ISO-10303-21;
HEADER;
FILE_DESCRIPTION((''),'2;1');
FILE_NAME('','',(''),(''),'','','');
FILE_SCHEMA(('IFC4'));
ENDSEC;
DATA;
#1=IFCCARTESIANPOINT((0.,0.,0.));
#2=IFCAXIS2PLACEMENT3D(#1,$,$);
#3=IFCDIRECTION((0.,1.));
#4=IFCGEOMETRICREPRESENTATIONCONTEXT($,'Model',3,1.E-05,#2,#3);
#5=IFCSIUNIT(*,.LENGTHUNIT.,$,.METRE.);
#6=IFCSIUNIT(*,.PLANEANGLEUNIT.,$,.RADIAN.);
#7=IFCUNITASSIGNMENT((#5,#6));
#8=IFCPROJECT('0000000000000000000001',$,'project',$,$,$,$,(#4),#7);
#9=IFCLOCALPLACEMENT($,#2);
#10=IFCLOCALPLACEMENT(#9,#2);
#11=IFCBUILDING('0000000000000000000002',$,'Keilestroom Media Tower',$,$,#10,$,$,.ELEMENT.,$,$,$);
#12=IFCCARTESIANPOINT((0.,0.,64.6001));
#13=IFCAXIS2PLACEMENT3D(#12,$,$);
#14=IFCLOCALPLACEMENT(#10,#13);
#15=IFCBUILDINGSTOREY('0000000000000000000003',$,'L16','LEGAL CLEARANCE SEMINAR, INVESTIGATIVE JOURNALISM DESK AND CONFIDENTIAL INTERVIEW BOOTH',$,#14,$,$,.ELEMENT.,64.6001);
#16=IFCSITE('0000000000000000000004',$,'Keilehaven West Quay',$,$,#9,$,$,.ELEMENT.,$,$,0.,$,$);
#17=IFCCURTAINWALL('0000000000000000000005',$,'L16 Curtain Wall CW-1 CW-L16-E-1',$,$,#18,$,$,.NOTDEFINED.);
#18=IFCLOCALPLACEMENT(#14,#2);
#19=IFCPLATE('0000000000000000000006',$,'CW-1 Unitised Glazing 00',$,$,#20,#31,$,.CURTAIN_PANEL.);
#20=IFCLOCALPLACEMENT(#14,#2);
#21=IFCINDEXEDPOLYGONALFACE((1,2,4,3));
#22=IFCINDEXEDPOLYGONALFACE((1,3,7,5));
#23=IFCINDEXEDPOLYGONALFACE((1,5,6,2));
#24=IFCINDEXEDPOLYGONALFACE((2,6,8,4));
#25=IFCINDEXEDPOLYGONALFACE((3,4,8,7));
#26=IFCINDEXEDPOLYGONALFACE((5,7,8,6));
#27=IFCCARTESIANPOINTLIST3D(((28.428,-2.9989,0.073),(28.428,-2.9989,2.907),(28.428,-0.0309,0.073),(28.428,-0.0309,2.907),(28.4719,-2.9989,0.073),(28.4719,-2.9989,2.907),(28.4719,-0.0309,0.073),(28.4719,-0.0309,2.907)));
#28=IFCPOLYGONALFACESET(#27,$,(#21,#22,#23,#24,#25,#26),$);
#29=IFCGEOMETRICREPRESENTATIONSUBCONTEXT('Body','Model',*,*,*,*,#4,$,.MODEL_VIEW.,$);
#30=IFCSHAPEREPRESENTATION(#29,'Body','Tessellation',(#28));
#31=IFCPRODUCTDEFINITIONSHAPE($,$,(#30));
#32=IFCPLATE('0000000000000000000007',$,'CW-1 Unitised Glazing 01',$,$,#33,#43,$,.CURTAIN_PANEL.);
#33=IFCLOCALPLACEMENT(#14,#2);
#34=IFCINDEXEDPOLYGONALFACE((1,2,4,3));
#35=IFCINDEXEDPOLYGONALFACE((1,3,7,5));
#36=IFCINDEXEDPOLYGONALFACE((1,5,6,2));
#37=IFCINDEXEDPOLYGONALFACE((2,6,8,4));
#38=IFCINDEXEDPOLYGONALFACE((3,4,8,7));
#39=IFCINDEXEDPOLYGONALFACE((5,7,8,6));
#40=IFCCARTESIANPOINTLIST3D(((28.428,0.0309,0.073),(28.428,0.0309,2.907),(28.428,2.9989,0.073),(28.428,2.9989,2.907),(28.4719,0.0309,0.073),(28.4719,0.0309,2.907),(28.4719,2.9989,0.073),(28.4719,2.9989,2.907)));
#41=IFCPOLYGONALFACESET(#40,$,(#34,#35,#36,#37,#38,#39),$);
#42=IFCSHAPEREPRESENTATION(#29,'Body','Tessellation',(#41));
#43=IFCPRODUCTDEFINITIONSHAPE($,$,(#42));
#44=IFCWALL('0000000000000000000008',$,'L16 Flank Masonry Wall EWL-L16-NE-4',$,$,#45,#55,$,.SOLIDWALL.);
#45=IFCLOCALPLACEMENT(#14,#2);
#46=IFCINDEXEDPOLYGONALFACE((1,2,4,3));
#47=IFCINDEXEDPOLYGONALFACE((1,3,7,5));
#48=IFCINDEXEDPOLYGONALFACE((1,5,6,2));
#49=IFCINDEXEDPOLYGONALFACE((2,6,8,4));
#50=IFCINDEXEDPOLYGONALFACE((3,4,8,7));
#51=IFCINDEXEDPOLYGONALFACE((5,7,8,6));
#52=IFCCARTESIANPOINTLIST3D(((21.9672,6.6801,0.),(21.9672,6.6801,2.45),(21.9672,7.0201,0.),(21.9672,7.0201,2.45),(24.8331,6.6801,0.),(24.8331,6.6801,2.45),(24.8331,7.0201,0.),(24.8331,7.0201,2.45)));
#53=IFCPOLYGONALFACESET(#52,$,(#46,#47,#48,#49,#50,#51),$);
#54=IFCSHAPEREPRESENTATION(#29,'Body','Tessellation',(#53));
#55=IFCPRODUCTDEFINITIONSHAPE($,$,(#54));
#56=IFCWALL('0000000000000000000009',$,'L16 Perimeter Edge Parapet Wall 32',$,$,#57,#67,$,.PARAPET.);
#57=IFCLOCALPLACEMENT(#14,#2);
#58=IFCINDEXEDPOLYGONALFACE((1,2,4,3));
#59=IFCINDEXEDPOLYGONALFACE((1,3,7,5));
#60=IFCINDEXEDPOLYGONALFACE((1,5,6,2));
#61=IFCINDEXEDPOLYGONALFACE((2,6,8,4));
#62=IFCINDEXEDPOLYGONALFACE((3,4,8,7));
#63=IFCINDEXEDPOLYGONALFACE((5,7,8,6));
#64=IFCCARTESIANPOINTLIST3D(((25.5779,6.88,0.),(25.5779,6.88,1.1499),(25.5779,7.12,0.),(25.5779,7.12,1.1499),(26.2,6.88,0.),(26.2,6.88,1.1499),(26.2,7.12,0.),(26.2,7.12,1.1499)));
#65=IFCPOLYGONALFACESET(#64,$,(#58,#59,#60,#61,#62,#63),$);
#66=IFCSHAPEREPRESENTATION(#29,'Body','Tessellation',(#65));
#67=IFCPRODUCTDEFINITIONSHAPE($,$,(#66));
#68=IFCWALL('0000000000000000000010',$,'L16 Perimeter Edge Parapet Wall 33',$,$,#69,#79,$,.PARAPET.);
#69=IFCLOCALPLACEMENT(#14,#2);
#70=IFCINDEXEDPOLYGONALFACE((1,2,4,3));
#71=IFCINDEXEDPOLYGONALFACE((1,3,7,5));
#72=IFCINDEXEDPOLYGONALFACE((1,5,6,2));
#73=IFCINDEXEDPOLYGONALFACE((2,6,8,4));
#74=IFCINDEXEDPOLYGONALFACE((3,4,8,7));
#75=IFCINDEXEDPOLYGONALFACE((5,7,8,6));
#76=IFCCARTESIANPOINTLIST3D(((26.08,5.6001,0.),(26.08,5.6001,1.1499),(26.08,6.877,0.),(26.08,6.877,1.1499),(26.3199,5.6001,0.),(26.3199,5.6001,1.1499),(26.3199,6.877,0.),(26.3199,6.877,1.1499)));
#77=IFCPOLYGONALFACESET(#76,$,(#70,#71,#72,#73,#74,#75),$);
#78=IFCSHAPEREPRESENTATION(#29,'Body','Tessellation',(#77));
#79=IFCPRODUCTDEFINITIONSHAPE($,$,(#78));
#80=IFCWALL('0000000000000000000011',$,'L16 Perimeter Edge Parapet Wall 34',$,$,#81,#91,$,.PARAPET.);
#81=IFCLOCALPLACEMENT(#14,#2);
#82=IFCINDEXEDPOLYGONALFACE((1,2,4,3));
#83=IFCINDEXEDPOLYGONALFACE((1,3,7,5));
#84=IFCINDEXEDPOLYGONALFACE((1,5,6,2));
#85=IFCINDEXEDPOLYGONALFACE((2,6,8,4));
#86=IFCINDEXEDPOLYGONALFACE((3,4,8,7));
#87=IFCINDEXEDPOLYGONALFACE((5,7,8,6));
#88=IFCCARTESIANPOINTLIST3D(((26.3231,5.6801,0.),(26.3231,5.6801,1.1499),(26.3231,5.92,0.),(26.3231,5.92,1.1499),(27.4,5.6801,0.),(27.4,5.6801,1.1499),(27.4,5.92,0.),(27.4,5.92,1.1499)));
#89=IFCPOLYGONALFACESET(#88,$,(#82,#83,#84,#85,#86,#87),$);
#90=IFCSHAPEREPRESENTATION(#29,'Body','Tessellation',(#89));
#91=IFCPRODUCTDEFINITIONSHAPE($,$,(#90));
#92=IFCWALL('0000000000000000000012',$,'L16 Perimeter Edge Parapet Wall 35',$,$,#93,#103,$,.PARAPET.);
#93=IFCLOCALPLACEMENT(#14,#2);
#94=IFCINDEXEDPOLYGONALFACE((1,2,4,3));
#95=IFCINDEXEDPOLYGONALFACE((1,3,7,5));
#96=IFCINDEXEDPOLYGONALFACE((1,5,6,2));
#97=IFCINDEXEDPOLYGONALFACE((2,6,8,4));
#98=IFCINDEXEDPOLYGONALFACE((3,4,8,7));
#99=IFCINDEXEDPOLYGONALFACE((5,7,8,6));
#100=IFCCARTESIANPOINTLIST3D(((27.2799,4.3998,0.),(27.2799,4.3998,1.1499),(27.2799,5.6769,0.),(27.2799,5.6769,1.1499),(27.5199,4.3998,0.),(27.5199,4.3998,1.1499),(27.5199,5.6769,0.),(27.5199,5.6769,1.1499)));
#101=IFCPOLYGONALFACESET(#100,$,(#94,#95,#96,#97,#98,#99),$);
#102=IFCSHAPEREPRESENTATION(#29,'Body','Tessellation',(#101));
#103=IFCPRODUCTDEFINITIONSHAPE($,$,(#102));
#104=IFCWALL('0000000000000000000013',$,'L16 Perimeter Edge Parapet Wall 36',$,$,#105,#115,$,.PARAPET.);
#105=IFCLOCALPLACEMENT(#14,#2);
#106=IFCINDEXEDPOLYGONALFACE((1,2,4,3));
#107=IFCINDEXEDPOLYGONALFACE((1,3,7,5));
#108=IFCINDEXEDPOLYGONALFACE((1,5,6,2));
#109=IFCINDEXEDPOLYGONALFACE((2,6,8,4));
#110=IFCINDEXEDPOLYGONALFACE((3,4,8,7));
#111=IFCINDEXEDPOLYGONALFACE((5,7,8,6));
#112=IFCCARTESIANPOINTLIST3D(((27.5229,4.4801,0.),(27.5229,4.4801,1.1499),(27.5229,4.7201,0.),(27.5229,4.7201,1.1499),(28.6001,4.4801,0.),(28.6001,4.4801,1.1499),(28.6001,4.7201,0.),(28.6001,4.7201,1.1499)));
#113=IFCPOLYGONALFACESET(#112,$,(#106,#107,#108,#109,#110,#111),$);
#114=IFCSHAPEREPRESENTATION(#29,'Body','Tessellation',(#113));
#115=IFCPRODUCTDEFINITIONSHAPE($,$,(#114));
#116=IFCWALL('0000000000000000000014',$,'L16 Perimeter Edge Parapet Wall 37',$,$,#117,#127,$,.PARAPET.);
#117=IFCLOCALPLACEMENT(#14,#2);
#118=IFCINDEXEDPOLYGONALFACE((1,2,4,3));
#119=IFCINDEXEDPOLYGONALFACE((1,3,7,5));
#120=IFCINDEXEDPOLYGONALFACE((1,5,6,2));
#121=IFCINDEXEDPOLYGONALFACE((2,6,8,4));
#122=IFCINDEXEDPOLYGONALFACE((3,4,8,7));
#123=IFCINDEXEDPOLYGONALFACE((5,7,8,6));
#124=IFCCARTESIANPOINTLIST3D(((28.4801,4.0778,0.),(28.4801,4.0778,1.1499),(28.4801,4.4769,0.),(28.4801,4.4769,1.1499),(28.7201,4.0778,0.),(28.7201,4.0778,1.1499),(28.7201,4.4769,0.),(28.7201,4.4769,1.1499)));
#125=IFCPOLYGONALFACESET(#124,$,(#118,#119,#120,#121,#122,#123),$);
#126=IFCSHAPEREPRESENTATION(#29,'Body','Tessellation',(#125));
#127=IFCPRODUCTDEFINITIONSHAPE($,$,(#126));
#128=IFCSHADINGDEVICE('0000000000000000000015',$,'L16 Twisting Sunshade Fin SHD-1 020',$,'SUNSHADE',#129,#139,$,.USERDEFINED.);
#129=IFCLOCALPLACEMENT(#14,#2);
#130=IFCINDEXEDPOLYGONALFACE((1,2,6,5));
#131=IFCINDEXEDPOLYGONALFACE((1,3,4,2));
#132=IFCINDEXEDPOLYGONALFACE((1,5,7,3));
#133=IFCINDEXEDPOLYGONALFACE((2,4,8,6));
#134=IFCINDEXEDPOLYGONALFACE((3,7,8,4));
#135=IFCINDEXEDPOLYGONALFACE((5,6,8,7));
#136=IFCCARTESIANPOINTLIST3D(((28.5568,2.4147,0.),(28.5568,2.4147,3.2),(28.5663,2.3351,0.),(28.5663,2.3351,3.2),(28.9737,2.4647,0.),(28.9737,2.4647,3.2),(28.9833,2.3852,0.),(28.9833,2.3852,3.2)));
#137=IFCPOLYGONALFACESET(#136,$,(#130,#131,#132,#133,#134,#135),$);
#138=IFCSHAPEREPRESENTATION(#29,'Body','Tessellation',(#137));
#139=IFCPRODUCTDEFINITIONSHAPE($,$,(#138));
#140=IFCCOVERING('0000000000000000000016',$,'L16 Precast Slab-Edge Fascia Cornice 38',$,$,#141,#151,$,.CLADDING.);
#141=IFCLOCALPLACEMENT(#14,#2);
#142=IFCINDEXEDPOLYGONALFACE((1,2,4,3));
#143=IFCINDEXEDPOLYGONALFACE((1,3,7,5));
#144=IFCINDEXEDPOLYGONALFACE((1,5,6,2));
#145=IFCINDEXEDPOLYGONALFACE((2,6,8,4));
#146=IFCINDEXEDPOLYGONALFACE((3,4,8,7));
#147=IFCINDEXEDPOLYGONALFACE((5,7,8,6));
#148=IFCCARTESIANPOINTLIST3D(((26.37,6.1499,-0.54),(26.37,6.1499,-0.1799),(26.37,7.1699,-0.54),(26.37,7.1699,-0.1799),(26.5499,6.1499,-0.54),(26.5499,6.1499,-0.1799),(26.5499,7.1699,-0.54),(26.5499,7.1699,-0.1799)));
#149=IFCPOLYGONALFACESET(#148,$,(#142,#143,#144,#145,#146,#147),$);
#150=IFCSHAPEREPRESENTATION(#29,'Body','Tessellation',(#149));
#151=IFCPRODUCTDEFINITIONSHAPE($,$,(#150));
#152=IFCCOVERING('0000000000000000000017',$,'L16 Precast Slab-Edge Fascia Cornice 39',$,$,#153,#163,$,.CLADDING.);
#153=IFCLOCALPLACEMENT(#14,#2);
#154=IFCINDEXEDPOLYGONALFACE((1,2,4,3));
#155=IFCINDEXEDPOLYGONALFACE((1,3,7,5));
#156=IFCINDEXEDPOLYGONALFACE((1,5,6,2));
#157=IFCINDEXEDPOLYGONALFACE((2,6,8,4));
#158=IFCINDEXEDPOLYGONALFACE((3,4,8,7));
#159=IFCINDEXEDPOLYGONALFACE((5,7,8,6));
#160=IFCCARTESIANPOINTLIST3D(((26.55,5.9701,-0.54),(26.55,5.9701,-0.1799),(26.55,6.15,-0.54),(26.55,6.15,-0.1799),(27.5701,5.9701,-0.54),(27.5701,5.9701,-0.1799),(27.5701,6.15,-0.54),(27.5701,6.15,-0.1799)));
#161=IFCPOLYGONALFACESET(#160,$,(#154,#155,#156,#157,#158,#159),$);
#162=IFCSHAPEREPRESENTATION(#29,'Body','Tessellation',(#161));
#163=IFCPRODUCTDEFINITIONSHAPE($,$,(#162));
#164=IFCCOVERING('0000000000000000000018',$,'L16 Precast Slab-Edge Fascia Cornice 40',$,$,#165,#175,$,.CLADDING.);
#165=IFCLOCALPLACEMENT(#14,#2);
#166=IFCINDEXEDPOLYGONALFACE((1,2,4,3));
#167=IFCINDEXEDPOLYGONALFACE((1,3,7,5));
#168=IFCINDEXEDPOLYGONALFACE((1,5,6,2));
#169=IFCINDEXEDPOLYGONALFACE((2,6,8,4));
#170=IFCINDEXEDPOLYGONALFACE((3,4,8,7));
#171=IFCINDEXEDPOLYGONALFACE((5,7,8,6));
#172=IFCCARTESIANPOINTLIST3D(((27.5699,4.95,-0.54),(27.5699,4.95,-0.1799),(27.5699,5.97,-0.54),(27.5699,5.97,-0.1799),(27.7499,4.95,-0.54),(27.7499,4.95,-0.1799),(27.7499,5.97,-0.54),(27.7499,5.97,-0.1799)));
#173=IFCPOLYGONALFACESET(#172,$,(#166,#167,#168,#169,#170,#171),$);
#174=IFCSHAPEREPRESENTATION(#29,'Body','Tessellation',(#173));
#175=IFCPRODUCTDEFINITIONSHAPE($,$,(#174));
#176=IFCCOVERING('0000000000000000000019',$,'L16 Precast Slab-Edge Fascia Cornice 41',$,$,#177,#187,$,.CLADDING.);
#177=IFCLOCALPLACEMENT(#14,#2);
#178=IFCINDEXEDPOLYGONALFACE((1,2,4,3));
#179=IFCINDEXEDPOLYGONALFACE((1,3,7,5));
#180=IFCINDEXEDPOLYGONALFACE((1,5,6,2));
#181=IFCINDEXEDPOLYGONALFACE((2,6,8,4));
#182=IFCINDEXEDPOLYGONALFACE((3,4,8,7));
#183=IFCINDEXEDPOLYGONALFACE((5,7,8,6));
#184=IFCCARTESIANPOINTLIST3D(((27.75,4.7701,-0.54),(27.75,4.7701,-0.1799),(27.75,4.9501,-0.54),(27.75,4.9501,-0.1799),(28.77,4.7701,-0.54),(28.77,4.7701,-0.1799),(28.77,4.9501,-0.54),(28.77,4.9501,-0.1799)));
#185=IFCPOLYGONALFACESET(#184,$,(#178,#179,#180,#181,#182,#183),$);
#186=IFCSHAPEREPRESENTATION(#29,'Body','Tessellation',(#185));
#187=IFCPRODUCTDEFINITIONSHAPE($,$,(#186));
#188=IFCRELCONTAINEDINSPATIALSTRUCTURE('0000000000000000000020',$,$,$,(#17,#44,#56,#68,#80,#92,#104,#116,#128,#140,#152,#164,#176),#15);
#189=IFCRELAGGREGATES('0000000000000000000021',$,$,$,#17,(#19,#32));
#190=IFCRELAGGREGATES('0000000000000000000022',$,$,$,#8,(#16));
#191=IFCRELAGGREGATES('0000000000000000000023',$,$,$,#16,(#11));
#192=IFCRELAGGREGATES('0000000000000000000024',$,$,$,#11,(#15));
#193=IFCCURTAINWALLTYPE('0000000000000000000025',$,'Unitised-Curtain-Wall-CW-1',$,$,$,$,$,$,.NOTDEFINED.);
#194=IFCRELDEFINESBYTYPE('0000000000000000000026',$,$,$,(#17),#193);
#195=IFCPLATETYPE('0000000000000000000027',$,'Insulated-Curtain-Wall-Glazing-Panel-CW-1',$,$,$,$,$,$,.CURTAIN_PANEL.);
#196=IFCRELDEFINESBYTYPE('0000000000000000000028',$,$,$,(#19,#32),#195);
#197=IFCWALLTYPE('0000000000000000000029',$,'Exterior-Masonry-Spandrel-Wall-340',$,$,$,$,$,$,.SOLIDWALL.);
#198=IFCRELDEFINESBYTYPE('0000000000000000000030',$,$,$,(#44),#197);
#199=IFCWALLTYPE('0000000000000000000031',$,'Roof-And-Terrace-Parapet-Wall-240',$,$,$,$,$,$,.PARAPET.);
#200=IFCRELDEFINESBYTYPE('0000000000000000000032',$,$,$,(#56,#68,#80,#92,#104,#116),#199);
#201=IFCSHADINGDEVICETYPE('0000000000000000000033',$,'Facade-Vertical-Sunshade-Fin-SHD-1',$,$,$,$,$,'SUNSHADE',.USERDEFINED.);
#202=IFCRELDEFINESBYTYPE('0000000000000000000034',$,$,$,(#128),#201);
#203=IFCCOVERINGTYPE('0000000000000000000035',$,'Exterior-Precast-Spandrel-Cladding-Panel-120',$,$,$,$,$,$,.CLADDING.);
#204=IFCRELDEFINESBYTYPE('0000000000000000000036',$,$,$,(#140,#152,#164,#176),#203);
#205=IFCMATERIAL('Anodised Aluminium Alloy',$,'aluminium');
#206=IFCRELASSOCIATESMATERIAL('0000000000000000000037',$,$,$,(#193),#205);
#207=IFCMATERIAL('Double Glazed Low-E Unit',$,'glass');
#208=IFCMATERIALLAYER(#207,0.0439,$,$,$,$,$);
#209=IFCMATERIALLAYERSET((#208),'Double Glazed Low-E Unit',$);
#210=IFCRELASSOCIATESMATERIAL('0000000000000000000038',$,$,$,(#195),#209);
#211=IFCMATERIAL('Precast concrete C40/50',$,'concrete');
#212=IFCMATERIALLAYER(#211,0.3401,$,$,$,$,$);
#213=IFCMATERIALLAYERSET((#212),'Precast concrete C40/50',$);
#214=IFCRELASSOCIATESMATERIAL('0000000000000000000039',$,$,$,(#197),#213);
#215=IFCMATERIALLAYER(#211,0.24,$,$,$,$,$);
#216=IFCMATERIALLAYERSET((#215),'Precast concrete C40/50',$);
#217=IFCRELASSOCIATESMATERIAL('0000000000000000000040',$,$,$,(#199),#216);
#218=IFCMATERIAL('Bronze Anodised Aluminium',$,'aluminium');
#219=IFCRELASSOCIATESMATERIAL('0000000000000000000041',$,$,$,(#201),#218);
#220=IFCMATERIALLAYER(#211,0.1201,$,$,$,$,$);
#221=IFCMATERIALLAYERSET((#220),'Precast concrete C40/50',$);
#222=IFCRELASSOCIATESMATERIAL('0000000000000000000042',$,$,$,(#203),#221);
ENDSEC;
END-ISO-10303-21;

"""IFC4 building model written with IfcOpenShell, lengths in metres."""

from ifc_helpers import new_model, si_unit, direction, frame, frame_2d, origin, origin_2d, place, context, subcontext, project, spatial, rectangle, extrude, source, transform, mapped, material, layer, layer_set, type_object, element, aggregate, save


model = new_model("IFC4")

# Units and contexts
model_context = context("Model", 3, precision=1e-05, world=origin(), true_north=direction((0.0, 1.0)))
body_context = subcontext(model_context, "Body", "Model", "MODEL_VIEW")
ifc_project = project(units=[si_unit("LENGTHUNIT", "METRE"), si_unit("PLANEANGLEUNIT", "RADIAN")], contexts=[model_context])

# Site, building, storey
site_placement = place(None, origin())
site = spatial("IfcSite", under=ifc_project, at=site_placement, Name="Keilehaven West Quay", CompositionType="ELEMENT", RefElevation=0.0)
building_placement = place(site_placement, origin())
building = spatial("IfcBuilding", under=site, at=building_placement, Name="Keilestroom Media Tower", CompositionType="ELEMENT")
storey_placement = place(building_placement, frame((0.0, 0.0, 64.6001)))
storey = spatial("IfcBuildingStorey", under=building, at=storey_placement, Name="L16", Description="LEGAL CLEARANCE SEMINAR, INVESTIGATIVE JOURNALISM DESK AND CONFIDENTIAL INTERVIEW BOOTH", CompositionType="ELEMENT", Elevation=64.6001)

# Shared definitions
ifc_material_1 = material(Name="Precast concrete C40/50", Category="concrete")

# Curtain wall, plates
ifc_material_2 = material(Name="Anodised Aluminium Alloy", Category="aluminium")
curtain_wall_type = type_object("IfcCurtainWallType", Name="Unitised-Curtain-Wall-CW-1", PredefinedType="NOTDEFINED", material=ifc_material_2)
curtain_wall_placement = place(storey_placement, origin())
curtain_wall = element("IfcCurtainWall", 1, at=curtain_wall_placement, inside=storey, type_object=curtain_wall_type, Name="L16 Curtain Wall CW-1 CW-L16-E-1", PredefinedType="NOTDEFINED")
ifc_material_3 = material(Name="Double Glazed Low-E Unit", Category="glass")
ifc_layer_1 = layer(ifc_material_3, 0.0439)
ifc_layer_set_1 = layer_set([ifc_layer_1], Name="Double Glazed Low-E Unit")
plate_type = type_object("IfcPlateType", Name="Insulated-Curtain-Wall-Glazing-Panel-CW-1", PredefinedType="CURTAIN_PANEL", material=ifc_layer_set_1)
shared_shape_1 = source(origin(), body_context, "Body", "SweptSolid", [
    extrude(rectangle(XDim=2.968, YDim=0.0439, at=origin_2d()), origin(), (0.0, 0.0, 1.0), 2.834),
])
plate_1_placement = place(storey_placement, frame((28.45, -1.5149, 0.073), z_axis=(0.0, 0.0, 1.0), x_axis=(0.0, 1.0, 0.0)))
plate_1 = element("IfcPlate", 2, at=plate_1_placement, type_object=plate_type, Name="CW-1 Unitised Glazing 00", PredefinedType="CURTAIN_PANEL", context=body_context, shape_type="MappedRepresentation", body=[
    mapped(shared_shape_1, transform((0.0, 0.0, 0.0), x_axis=(1.0, 0.0, 0.0), y_axis=(0.0, 1.0, 0.0), z_axis=(0.0, 0.0, 1.0), scale=1.0)),
])
plate_2_placement = place(storey_placement, frame((28.45, 1.5149, 0.073), z_axis=(0.0, 0.0, 1.0), x_axis=(0.0, 1.0, 0.0)))
plate_2 = element("IfcPlate", 3, at=plate_2_placement, type_object=plate_type, Name="CW-1 Unitised Glazing 01", PredefinedType="CURTAIN_PANEL", context=body_context, shape_type="MappedRepresentation", body=[
    mapped(shared_shape_1, transform((0.0, 0.0, 0.0), x_axis=(1.0, 0.0, 0.0), y_axis=(0.0, 1.0, 0.0), z_axis=(0.0, 0.0, 1.0), scale=1.0)),
])
aggregate(curtain_wall, [plate_1, plate_2])

# Walls
ifc_layer_2 = layer(ifc_material_1, 0.3401)
ifc_layer_set_2 = layer_set([ifc_layer_2], Name="Precast concrete C40/50")
wall_type_1 = type_object("IfcWallType", Name="Exterior-Masonry-Spandrel-Wall-340", PredefinedType="SOLIDWALL", material=ifc_layer_set_2)
wall_1_placement = place(storey_placement, frame((21.967, 6.8501, 0.0), z_axis=(0.0, 0.0, 1.0), x_axis=(1.0, 0.0, 0.0)))
element("IfcWall", 4, at=wall_1_placement, inside=storey, type_object=wall_type_1, Name="L16 Flank Masonry Wall EWL-L16-NE-4", PredefinedType="SOLIDWALL", context=body_context, shape_type="SweptSolid", body=[
    extrude(rectangle(XDim=2.866, YDim=0.3401, at=frame_2d((1.4331, 0.0))), origin(), (0.0, 0.0, 1.0), 2.45),
])
ifc_layer_3 = layer(ifc_material_1, 0.24)
ifc_layer_set_3 = layer_set([ifc_layer_3], Name="Precast concrete C40/50")
wall_type_2 = type_object("IfcWallType", Name="Roof-And-Terrace-Parapet-Wall-240", PredefinedType="PARAPET", material=ifc_layer_set_3)
wall_2_placement = place(storey_placement, frame((25.5779, 7.0, 0.0), z_axis=(0.0, 0.0, 1.0), x_axis=(1.0, 0.0, 0.0)))
element("IfcWall", 5, at=wall_2_placement, inside=storey, type_object=wall_type_2, Name="L16 Perimeter Edge Parapet Wall 32", PredefinedType="PARAPET", context=body_context, shape_type="SweptSolid", body=[
    extrude(rectangle(XDim=0.6221, YDim=0.24, at=frame_2d((0.311, 0.0))), origin(), (0.0, 0.0, 1.0), 1.1499),
])
wall_3_placement = place(storey_placement, frame((26.2, 6.877, 0.0), z_axis=(0.0, 0.0, 1.0), x_axis=(0.0, -1.0, 0.0)))
element("IfcWall", 6, at=wall_3_placement, inside=storey, type_object=wall_type_2, Name="L16 Perimeter Edge Parapet Wall 33", PredefinedType="PARAPET", context=body_context, shape_type="SweptSolid", body=[
    extrude(rectangle(XDim=1.2769, YDim=0.24, at=frame_2d((0.6384, 0.0))), origin(), (0.0, 0.0, 1.0), 1.1499),
])
wall_4_placement = place(storey_placement, frame((26.323, 5.8, 0.0), z_axis=(0.0, 0.0, 1.0), x_axis=(1.0, 0.0, 0.0)))
element("IfcWall", 7, at=wall_4_placement, inside=storey, type_object=wall_type_2, Name="L16 Perimeter Edge Parapet Wall 34", PredefinedType="PARAPET", context=body_context, shape_type="SweptSolid", body=[
    extrude(rectangle(XDim=1.0769, YDim=0.24, at=frame_2d((0.5386, 0.0))), origin(), (0.0, 0.0, 1.0), 1.1499),
])
wall_5_placement = place(storey_placement, frame((27.3999, 5.677, 0.0), z_axis=(0.0, 0.0, 1.0), x_axis=(0.0, -1.0, 0.0)))
element("IfcWall", 8, at=wall_5_placement, inside=storey, type_object=wall_type_2, Name="L16 Perimeter Edge Parapet Wall 35", PredefinedType="PARAPET", context=body_context, shape_type="SweptSolid", body=[
    extrude(rectangle(XDim=1.2771, YDim=0.24, at=frame_2d((0.6387, 0.0))), origin(), (0.0, 0.0, 1.0), 1.1499),
])
wall_6_placement = place(storey_placement, frame((27.5229, 4.6001, 0.0), z_axis=(0.0, 0.0, 1.0), x_axis=(1.0, 0.0, 0.0)))
element("IfcWall", 9, at=wall_6_placement, inside=storey, type_object=wall_type_2, Name="L16 Perimeter Edge Parapet Wall 36", PredefinedType="PARAPET", context=body_context, shape_type="SweptSolid", body=[
    extrude(rectangle(XDim=1.0771, YDim=0.24, at=frame_2d((0.5386, 0.0))), origin(), (0.0, 0.0, 1.0), 1.1499),
])
wall_7_placement = place(storey_placement, frame((28.6001, 4.4771, 0.0), z_axis=(0.0, 0.0, 1.0), x_axis=(0.0, -1.0, 0.0)))
element("IfcWall", 10, at=wall_7_placement, inside=storey, type_object=wall_type_2, Name="L16 Perimeter Edge Parapet Wall 37", PredefinedType="PARAPET", context=body_context, shape_type="SweptSolid", body=[
    extrude(rectangle(XDim=0.3992, YDim=0.24, at=frame_2d((0.1997, 0.0))), origin(), (0.0, 0.0, 1.0), 1.1499),
])

# Shading device
ifc_material_4 = material(Name="Bronze Anodised Aluminium", Category="aluminium")
shading_device_type = type_object("IfcShadingDeviceType", Name="Facade-Vertical-Sunshade-Fin-SHD-1", ElementType="SUNSHADE", PredefinedType="USERDEFINED", material=ifc_material_4)
shared_shape_2 = source(origin(), body_context, "Body", "SweptSolid", [
    extrude(rectangle(XDim=0.4199, YDim=0.0801, at=origin_2d()), origin(), (0.0, 0.0, 1.0), 3.2),
])
shading_device_placement = place(storey_placement, frame((28.77, 2.3999, 0.0), z_axis=(0.0, 0.0, 1.0), x_axis=(0.992883, 0.119097, 0.0)))
element("IfcShadingDevice", 11, at=shading_device_placement, inside=storey, type_object=shading_device_type, Name="L16 Twisting Sunshade Fin SHD-1 020", ObjectType="SUNSHADE", PredefinedType="USERDEFINED", context=body_context, shape_type="MappedRepresentation", body=[
    mapped(shared_shape_2, transform((0.0, 0.0, 0.0), x_axis=(1.0, 0.0, 0.0), y_axis=(0.0, 1.0, 0.0), z_axis=(0.0, 0.0, 1.0), scale=1.0)),
])

# Coverings
ifc_layer_4 = layer(ifc_material_1, 0.1201)
ifc_layer_set_4 = layer_set([ifc_layer_4], Name="Precast concrete C40/50")
covering_type = type_object("IfcCoveringType", Name="Exterior-Precast-Spandrel-Cladding-Panel-120", PredefinedType="CLADDING", material=ifc_layer_set_4)
shared_shape_3 = source(origin(), body_context, "Body", "SweptSolid", [
    extrude(rectangle(XDim=1.02, YDim=0.1799, at=origin_2d()), origin(), (0.0, 0.0, 1.0), 0.3601),
])
for number, where, z_axis, x_axis, name in (
    (12, (26.46, 6.6599, -0.54), (0.0, 0.0, 1.0), (0.0, -1.0, 0.0), "L16 Precast Slab-Edge Fascia Cornice 38"),
    (13, (27.0601, 6.0601, -0.54), (0.0, 0.0, 1.0), (1.0, 0.0, 0.0), "L16 Precast Slab-Edge Fascia Cornice 39"),
    (14, (27.6599, 5.46, -0.54), (0.0, 0.0, 1.0), (0.0, -1.0, 0.0), "L16 Precast Slab-Edge Fascia Cornice 40"),
    (15, (28.26, 4.8601, -0.54), (0.0, 0.0, 1.0), (1.0, 0.0, 0.0), "L16 Precast Slab-Edge Fascia Cornice 41"),
):
    element("IfcCovering", number, at=place(storey_placement, frame(where, z_axis=z_axis, x_axis=x_axis)), inside=storey, type_object=covering_type, Name=name, PredefinedType="CLADDING", context=body_context, shape_type="MappedRepresentation", body=[
        mapped(shared_shape_3, transform((0.0, 0.0, 0.0), x_axis=(1.0, 0.0, 0.0), y_axis=(0.0, 1.0, 0.0), z_axis=(0.0, 0.0, 1.0), scale=1.0)),
    ])

save(model, "model.ifc")
